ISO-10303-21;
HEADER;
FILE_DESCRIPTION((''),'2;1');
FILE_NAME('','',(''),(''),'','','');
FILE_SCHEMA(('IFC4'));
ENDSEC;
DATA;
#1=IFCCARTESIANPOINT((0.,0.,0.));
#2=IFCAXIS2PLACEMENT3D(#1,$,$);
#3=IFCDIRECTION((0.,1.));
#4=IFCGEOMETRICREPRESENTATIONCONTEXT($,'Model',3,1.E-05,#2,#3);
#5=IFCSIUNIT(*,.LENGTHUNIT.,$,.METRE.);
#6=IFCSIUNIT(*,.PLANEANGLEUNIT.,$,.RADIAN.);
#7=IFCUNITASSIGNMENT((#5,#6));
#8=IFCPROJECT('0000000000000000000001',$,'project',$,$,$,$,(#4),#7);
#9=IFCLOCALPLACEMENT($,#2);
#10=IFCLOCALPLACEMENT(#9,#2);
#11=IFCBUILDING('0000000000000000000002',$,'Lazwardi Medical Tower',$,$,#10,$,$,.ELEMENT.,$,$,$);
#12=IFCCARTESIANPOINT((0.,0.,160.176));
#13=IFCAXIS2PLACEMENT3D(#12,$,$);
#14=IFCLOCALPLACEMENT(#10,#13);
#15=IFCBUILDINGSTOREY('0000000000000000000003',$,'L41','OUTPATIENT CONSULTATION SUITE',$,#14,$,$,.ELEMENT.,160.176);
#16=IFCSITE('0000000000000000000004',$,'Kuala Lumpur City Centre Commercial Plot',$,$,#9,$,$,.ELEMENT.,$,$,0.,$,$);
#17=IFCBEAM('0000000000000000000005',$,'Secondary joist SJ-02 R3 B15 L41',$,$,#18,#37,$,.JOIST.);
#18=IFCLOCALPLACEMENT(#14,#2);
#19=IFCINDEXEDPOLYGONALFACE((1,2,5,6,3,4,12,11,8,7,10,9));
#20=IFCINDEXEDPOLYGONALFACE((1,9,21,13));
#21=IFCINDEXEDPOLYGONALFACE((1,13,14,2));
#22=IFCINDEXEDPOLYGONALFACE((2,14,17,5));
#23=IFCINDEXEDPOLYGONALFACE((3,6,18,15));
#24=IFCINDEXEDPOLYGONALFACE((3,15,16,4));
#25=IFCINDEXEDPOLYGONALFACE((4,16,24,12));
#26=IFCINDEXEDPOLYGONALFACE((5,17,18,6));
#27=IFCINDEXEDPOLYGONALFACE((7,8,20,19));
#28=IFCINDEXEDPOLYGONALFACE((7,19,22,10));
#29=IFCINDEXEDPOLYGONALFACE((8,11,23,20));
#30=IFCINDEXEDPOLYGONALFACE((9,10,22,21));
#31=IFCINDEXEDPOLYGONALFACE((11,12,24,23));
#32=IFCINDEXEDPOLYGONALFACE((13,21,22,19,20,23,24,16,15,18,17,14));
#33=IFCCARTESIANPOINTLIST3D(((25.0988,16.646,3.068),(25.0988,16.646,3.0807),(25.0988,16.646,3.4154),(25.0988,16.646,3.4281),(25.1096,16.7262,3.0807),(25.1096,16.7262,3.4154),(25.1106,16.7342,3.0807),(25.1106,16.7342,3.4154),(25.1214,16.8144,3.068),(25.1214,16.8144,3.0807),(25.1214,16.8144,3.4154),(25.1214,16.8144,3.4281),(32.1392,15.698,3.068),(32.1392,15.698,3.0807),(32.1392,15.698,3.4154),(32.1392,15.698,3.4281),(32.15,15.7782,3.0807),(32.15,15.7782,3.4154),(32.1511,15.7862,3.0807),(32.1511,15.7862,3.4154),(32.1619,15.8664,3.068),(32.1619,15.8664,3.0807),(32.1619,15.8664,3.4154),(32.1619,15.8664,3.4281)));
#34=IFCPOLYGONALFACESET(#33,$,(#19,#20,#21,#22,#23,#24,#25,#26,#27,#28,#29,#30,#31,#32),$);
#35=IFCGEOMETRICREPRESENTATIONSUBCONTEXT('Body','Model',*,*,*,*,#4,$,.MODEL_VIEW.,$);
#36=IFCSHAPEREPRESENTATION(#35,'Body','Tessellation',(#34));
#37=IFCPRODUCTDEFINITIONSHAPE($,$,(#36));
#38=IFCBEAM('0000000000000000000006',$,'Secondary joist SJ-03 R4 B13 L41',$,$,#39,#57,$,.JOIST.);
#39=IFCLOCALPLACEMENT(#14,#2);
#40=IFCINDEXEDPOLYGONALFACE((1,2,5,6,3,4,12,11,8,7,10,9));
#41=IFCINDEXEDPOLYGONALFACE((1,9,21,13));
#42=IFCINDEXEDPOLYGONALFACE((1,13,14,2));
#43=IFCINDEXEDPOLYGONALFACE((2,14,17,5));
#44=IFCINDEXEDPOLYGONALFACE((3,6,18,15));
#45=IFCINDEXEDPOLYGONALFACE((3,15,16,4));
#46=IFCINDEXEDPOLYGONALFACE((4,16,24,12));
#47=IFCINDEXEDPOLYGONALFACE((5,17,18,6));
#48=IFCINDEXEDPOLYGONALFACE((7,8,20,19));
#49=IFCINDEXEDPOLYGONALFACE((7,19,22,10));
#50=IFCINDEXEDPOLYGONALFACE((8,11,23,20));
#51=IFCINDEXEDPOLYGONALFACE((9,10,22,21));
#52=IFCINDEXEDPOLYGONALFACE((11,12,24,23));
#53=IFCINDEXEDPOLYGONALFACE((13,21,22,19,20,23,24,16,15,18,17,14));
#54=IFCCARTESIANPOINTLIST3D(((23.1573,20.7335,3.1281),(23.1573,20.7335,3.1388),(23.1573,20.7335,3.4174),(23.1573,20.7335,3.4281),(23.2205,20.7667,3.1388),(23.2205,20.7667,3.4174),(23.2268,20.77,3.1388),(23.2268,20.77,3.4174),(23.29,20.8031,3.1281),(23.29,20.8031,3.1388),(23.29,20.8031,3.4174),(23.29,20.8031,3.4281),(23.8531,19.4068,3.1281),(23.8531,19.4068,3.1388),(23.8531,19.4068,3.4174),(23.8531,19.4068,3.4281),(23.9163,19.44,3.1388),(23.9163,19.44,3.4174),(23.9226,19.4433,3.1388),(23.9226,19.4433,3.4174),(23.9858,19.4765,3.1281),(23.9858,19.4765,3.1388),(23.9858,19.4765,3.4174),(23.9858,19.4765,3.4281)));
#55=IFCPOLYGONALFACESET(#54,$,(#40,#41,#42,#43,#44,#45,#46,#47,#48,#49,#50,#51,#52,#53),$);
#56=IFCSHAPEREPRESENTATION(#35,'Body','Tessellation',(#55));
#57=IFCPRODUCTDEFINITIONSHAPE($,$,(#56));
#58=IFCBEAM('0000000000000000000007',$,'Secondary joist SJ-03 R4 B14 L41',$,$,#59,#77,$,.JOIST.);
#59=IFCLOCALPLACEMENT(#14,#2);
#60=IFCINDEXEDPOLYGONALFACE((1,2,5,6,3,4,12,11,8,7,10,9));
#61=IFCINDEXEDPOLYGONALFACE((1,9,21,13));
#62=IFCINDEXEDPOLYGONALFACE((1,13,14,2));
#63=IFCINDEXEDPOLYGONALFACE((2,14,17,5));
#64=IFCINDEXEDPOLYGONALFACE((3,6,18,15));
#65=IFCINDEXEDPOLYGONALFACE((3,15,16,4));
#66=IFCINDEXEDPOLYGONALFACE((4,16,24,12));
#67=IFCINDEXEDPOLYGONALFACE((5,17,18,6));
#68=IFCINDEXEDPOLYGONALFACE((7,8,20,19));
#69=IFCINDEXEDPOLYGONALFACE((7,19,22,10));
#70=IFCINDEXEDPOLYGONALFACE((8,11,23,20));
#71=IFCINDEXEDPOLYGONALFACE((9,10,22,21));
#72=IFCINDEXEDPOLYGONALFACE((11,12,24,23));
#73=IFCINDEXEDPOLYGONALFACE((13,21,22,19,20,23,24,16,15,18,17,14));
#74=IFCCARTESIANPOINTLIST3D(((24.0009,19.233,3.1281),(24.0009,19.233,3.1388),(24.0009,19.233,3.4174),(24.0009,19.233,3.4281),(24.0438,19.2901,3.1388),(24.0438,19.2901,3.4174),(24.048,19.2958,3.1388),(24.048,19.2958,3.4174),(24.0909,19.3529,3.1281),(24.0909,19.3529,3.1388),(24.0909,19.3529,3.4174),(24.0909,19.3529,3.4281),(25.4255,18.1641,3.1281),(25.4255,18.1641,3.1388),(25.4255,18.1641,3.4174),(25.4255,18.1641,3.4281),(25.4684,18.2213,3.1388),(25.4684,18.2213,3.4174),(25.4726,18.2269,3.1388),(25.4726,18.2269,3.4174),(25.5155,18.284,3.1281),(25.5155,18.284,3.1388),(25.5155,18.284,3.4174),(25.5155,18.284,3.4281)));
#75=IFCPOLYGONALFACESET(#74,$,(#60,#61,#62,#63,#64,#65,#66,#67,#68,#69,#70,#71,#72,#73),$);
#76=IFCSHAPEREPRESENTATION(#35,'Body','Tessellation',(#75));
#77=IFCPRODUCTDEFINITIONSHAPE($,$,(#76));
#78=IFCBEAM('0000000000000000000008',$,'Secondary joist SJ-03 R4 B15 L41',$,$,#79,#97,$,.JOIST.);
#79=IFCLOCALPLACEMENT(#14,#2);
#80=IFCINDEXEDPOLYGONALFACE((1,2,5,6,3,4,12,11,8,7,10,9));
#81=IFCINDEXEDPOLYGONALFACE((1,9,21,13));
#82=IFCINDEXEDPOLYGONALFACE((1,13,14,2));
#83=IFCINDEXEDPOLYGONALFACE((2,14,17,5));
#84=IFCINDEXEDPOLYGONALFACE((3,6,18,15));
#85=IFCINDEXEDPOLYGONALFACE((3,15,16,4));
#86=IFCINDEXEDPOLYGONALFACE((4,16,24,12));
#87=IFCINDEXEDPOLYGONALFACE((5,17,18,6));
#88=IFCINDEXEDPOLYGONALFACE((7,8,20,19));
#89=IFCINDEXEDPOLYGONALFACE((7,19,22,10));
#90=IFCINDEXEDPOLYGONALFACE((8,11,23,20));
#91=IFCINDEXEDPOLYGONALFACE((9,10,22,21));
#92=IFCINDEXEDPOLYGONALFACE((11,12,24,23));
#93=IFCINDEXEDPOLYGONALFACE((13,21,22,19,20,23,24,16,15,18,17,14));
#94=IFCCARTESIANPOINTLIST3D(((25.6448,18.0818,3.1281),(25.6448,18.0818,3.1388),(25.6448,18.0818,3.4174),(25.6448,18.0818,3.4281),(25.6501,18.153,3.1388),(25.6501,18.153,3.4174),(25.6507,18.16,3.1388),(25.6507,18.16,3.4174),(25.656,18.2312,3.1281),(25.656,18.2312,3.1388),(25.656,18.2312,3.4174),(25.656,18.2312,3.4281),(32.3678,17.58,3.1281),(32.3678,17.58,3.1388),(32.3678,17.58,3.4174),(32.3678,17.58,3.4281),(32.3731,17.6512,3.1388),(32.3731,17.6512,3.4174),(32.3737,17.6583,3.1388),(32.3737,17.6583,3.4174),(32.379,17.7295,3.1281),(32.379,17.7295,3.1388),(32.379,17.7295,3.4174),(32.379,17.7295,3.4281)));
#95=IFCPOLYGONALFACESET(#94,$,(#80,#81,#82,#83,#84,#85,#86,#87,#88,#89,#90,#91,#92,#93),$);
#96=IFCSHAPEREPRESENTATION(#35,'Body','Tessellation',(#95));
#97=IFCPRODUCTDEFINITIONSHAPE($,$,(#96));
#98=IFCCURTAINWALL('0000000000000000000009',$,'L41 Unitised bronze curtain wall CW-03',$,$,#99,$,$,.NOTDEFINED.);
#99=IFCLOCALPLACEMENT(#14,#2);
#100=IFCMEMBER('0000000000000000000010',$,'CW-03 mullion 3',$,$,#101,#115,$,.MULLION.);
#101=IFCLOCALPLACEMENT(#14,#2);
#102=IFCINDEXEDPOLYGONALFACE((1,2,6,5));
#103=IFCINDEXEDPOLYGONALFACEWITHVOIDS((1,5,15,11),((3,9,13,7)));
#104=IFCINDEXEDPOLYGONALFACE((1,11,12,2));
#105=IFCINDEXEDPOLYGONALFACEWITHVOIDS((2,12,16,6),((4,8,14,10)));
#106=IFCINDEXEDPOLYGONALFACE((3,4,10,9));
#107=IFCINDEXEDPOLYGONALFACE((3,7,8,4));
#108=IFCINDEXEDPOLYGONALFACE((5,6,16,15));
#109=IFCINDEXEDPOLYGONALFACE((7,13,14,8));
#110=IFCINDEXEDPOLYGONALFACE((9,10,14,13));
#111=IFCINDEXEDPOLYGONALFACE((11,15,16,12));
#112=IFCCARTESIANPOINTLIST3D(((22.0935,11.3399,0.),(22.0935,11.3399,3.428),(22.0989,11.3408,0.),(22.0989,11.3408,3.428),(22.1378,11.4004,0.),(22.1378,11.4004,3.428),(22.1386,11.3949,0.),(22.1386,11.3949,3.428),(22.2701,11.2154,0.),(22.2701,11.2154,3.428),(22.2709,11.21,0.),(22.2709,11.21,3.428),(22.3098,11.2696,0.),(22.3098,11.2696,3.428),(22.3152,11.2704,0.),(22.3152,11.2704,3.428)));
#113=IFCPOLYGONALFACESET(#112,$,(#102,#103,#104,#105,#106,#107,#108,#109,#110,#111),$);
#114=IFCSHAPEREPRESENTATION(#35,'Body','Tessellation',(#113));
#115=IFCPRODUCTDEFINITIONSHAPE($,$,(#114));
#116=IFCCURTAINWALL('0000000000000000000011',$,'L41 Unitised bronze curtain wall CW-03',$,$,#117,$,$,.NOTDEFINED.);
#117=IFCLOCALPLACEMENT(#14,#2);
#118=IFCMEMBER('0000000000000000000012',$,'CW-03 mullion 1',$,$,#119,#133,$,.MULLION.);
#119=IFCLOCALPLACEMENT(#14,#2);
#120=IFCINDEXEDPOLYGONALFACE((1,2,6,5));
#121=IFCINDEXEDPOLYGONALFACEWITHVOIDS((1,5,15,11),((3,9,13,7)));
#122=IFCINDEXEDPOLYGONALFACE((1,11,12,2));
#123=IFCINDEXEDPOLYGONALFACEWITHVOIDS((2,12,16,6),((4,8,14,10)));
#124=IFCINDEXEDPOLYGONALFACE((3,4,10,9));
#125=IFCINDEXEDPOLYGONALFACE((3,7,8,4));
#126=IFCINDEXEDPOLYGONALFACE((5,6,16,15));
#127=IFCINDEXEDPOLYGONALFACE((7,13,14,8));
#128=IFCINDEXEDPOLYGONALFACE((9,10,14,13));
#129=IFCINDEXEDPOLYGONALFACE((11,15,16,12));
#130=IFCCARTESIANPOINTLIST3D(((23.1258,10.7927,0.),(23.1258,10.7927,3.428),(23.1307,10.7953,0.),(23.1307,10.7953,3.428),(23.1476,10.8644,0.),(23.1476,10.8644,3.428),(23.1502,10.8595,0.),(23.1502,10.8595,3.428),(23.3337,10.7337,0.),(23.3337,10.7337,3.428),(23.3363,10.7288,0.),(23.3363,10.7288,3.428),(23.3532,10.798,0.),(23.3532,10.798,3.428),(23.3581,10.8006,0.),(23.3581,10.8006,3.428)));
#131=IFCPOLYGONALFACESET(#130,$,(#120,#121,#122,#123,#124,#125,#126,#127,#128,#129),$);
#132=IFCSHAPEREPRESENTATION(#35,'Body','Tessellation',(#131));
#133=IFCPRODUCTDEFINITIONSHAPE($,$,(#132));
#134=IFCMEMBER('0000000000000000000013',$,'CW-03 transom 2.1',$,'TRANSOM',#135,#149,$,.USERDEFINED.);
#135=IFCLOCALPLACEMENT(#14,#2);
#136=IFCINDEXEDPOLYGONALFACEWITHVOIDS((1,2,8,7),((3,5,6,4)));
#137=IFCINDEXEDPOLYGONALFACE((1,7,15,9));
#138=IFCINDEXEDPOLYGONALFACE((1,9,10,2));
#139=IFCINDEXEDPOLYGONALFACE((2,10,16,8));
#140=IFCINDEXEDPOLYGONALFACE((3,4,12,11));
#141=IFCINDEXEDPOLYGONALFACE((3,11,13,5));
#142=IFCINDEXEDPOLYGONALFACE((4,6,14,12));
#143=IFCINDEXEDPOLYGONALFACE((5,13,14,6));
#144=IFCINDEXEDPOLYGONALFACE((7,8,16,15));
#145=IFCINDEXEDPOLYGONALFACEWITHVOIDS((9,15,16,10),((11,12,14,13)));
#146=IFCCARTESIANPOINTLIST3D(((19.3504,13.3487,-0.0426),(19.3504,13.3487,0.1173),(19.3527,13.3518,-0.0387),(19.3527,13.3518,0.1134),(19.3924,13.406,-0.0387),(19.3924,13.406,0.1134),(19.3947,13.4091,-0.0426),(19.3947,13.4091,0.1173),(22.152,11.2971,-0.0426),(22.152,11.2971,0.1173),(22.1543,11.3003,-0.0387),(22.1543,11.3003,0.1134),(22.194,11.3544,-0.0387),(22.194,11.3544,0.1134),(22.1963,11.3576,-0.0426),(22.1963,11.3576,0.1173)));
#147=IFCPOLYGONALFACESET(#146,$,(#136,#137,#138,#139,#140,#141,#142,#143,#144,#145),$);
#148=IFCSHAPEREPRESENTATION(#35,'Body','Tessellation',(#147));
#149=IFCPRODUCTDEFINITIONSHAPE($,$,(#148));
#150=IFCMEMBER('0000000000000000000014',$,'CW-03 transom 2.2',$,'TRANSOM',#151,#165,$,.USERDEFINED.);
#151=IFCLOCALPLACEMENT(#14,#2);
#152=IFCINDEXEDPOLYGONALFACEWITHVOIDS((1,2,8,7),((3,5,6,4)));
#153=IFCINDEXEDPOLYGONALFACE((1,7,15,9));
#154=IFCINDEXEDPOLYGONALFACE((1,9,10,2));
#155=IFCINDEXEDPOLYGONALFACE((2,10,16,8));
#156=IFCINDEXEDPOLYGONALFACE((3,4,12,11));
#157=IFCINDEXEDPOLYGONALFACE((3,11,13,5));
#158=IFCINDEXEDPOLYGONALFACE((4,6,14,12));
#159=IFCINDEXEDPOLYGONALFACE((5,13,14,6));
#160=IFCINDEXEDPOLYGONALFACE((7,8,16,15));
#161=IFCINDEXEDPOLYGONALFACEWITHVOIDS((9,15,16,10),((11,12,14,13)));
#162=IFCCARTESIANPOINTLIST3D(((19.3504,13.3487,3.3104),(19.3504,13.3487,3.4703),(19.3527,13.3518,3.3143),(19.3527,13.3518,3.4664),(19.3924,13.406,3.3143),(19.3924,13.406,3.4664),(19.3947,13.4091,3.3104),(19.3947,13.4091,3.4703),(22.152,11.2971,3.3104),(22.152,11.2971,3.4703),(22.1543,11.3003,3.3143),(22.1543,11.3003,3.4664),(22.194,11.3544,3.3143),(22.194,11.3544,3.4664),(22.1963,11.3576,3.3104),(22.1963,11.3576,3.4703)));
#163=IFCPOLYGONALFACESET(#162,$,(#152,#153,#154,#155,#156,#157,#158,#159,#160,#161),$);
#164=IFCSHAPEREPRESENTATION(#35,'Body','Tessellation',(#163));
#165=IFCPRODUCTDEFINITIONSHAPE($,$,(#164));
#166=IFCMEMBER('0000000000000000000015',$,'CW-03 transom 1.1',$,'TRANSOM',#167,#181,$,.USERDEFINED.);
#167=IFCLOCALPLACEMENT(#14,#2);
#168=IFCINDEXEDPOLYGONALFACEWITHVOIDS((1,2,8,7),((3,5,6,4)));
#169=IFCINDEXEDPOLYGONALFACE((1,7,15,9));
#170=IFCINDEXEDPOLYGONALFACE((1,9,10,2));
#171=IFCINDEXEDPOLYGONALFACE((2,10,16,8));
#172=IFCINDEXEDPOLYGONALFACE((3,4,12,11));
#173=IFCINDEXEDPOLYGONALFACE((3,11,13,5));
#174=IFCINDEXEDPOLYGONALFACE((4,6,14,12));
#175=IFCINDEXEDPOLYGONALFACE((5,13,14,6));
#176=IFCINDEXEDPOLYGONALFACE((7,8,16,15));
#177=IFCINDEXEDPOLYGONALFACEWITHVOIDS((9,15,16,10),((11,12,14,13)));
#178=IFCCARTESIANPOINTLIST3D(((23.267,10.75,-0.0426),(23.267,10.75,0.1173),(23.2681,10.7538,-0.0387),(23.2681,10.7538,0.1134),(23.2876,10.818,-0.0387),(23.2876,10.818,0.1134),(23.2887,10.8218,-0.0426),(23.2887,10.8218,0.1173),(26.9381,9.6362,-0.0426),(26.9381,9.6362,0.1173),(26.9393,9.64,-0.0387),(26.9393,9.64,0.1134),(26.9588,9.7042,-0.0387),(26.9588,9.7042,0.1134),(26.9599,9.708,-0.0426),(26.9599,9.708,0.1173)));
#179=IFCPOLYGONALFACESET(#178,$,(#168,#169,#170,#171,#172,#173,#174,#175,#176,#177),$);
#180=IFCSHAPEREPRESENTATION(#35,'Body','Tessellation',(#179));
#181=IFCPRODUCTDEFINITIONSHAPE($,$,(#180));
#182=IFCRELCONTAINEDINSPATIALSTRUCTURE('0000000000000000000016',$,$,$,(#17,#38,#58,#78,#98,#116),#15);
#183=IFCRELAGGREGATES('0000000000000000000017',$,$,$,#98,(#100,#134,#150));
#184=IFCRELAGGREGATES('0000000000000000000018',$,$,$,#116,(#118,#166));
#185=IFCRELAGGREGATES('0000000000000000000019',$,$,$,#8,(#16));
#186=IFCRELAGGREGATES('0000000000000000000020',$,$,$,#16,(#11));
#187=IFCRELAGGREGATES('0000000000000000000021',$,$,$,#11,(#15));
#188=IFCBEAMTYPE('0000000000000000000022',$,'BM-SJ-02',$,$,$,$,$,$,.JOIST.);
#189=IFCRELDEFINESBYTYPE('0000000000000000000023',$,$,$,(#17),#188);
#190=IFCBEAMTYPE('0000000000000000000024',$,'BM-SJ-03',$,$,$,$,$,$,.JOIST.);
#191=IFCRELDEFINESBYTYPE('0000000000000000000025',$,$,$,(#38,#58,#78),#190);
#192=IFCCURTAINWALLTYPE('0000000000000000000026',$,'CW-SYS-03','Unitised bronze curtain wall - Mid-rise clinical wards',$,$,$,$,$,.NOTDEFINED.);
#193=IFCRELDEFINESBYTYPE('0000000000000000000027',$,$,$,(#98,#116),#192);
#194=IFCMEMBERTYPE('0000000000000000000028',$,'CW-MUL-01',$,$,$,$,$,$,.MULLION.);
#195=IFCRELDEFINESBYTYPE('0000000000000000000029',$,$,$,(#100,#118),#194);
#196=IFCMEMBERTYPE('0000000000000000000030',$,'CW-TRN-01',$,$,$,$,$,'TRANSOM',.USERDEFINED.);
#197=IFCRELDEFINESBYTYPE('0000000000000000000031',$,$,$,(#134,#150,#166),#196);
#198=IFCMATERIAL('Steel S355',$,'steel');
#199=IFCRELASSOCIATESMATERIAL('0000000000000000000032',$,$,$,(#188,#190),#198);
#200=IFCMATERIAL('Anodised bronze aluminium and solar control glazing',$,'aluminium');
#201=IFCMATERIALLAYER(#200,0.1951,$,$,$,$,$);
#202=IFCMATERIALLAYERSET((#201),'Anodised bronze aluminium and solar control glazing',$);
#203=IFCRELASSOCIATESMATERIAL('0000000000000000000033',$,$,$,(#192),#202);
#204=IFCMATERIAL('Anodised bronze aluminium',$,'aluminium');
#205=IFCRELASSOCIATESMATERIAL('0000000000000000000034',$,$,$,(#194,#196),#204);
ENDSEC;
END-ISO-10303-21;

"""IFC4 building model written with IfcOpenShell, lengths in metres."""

from ifc_helpers import new_model, si_unit, direction, frame, origin, origin_2d, place, context, subcontext, project, spatial, hollow_rectangle, i_section, extrude, material, layer, layer_set, material_profile, profile_set, type_object, element, aggregate, save


model = new_model("IFC4")

# Units and contexts
model_context = context("Model", 3, precision=1e-05, world=origin(), true_north=direction((0.0, 1.0)))
body_context = subcontext(model_context, "Body", "Model", "MODEL_VIEW")
ifc_project = project(units=[si_unit("LENGTHUNIT", "METRE"), si_unit("PLANEANGLEUNIT", "RADIAN")], contexts=[model_context])

# Site, building, storey
site_placement = place(None, origin())
site = spatial("IfcSite", under=ifc_project, at=site_placement, Name="Kuala Lumpur City Centre Commercial Plot", CompositionType="ELEMENT", RefElevation=0.0)
building_placement = place(site_placement, origin())
building = spatial("IfcBuilding", under=site, at=building_placement, Name="Lazwardi Medical Tower", CompositionType="ELEMENT")
storey_placement = place(building_placement, frame((0.0, 0.0, 160.176)))
storey = spatial("IfcBuildingStorey", under=building, at=storey_placement, Name="L41", Description="OUTPATIENT CONSULTATION SUITE", CompositionType="ELEMENT", Elevation=160.176)

# Beams
ifc_material_1 = material(Name="Steel S355", Category="steel")
ifc_material_profile_1 = material_profile(ifc_material_1, i_section(OverallWidth=0.1699, OverallDepth=0.3601, WebThickness=0.0081, FlangeThickness=0.0127, at=origin_2d()), Name="IPE 360")
ifc_profile_set_1 = profile_set([ifc_material_profile_1], Name="Steel S355")
beam_type_1 = type_object("IfcBeamType", Name="BM-SJ-02", PredefinedType="JOIST", material=ifc_profile_set_1)
beam_1_placement = place(storey_placement, frame((25.1101, 16.7302, 3.248), z_axis=(0.991056, -0.133444, 0.0), x_axis=(0.133444, 0.991056, 0.0)))
element("IfcBeam", 1, at=beam_1_placement, inside=storey, type_object=beam_type_1, Name="Secondary joist SJ-02 R3 B15 L41", PredefinedType="JOIST", context=body_context, shape_type="SweptSolid", body=[
    extrude(i_section(OverallWidth=0.1699, OverallDepth=0.3601, WebThickness=0.0081, FlangeThickness=0.0127, at=origin_2d()), origin(), (0.0, 0.0, 1.0), 7.104),
])
ifc_material_profile_2 = material_profile(ifc_material_1, i_section(OverallWidth=0.1499, OverallDepth=0.3, WebThickness=0.0071, FlangeThickness=0.0107, at=origin_2d()), Name="IPE 300")
ifc_profile_set_2 = profile_set([ifc_material_profile_2], Name="Steel S355")
beam_type_2 = type_object("IfcBeamType", Name="BM-SJ-03", PredefinedType="JOIST", material=ifc_profile_set_2)
beam_2_placement = place(storey_placement, frame((23.2236, 20.7683, 3.2781), z_axis=(0.46447, -0.885589, 0.0), x_axis=(0.885589, 0.46447, 0.0)))
element("IfcBeam", 2, at=beam_2_placement, inside=storey, type_object=beam_type_2, Name="Secondary joist SJ-03 R4 B13 L41", PredefinedType="JOIST", context=body_context, shape_type="SweptSolid", body=[
    extrude(i_section(OverallWidth=0.1499, OverallDepth=0.3, WebThickness=0.0071, FlangeThickness=0.0107, at=origin_2d()), origin(), (0.0, 0.0, 1.0), 1.498),
])
beam_3_placement = place(storey_placement, frame((24.0459, 19.293, 3.2781), z_axis=(0.799885, -0.600154, 0.0), x_axis=(0.600154, 0.799885, 0.0)))
element("IfcBeam", 3, at=beam_3_placement, inside=storey, type_object=beam_type_2, Name="Secondary joist SJ-03 R4 B14 L41", PredefinedType="JOIST", context=body_context, shape_type="SweptSolid", body=[
    extrude(i_section(OverallWidth=0.1499, OverallDepth=0.3, WebThickness=0.0071, FlangeThickness=0.0107, at=origin_2d()), origin(), (0.0, 0.0, 1.0), 1.781),
])
beam_4_placement = place(storey_placement, frame((25.6504, 18.1565, 3.2781), z_axis=(0.997227, -0.07442, 0.0), x_axis=(0.07442, 0.997227, 0.0)))
element("IfcBeam", 4, at=beam_4_placement, inside=storey, type_object=beam_type_2, Name="Secondary joist SJ-03 R4 B15 L41", PredefinedType="JOIST", context=body_context, shape_type="SweptSolid", body=[
    extrude(i_section(OverallWidth=0.1499, OverallDepth=0.3, WebThickness=0.0071, FlangeThickness=0.0107, at=origin_2d()), origin(), (0.0, 0.0, 1.0), 6.7417),
])

# Curtain walls, members
ifc_material_2 = material(Name="Anodised bronze aluminium and solar control glazing", Category="aluminium")
ifc_layer_1 = layer(ifc_material_2, 0.1951)
ifc_layer_set_1 = layer_set([ifc_layer_1], Name="Anodised bronze aluminium and solar control glazing")
curtain_wall_type = type_object("IfcCurtainWallType", Name="CW-SYS-03", Description="Unitised bronze curtain wall - Mid-rise clinical wards", PredefinedType="NOTDEFINED", material=ifc_layer_set_1)
curtain_wall_1_placement = place(storey_placement, origin())
curtain_wall_1 = element("IfcCurtainWall", 5, at=curtain_wall_1_placement, inside=storey, type_object=curtain_wall_type, Name="L41 Unitised bronze curtain wall CW-03", PredefinedType="NOTDEFINED")
ifc_material_3 = material(Name="Anodised bronze aluminium", Category="aluminium")
ifc_material_profile_3 = material_profile(ifc_material_3, hollow_rectangle(XDim=0.075, YDim=0.22, WallThickness=0.0039, at=origin_2d()), Name="ALU-MULLION 220x75x4")
ifc_profile_set_3 = profile_set([ifc_material_profile_3], Name="Anodised bronze aluminium")
member_type_1 = type_object("IfcMemberType", Name="CW-MUL-01", PredefinedType="MULLION", material=ifc_profile_set_3)
member_1_placement = place(storey_placement, frame((22.2043, 11.3052, 0.0), z_axis=(0.0, 0.0, 1.0), x_axis=(0.590834, 0.806793, 0.0)))
member_1 = element("IfcMember", 6, at=member_1_placement, type_object=member_type_1, Name="CW-03 mullion 3", PredefinedType="MULLION", context=body_context, shape_type="SweptSolid", body=[
    extrude(hollow_rectangle(XDim=0.075, YDim=0.22, WallThickness=0.0039, at=origin_2d()), origin(), (0.0, 0.0, 1.0), 3.428),
])
curtain_wall_2_placement = place(storey_placement, origin())
curtain_wall_2 = element("IfcCurtainWall", 7, at=curtain_wall_2_placement, inside=storey, type_object=curtain_wall_type, Name="L41 Unitised bronze curtain wall CW-03", PredefinedType="NOTDEFINED")
member_2_placement = place(storey_placement, frame((23.2419, 10.7966, 0.0), z_axis=(0.0, 0.0, 1.0), x_axis=(0.290281, 0.956942, 0.0)))
member_2 = element("IfcMember", 8, at=member_2_placement, type_object=member_type_1, Name="CW-03 mullion 1", PredefinedType="MULLION", context=body_context, shape_type="SweptSolid", body=[
    extrude(hollow_rectangle(XDim=0.075, YDim=0.22, WallThickness=0.0039, at=origin_2d()), origin(), (0.0, 0.0, 1.0), 3.428),
])

# Members
ifc_material_profile_4 = material_profile(ifc_material_3, hollow_rectangle(XDim=0.075, YDim=0.1599, WallThickness=0.0039, at=origin_2d()), Name="ALU-TRANSOM 160x75x4")
ifc_profile_set_4 = profile_set([ifc_material_profile_4], Name="Anodised bronze aluminium")
member_type_2 = type_object("IfcMemberType", Name="CW-TRN-01", ElementType="TRANSOM", PredefinedType="USERDEFINED", material=ifc_profile_set_4)
member_3_placement = place(storey_placement, frame((19.3726, 13.3789, 0.0374), z_axis=(0.806807, -0.590815, 0.0), x_axis=(0.590815, 0.806807, 0.0)))
member_3 = element("IfcMember", 9, at=member_3_placement, type_object=member_type_2, Name="CW-03 transom 2.1", ObjectType="TRANSOM", PredefinedType="USERDEFINED", context=body_context, shape_type="SweptSolid", body=[
    extrude(hollow_rectangle(XDim=0.075, YDim=0.1599, WallThickness=0.0039, at=origin_2d()), origin(), (0.0, 0.0, 1.0), 3.4724),
])
member_4_placement = place(storey_placement, frame((19.3726, 13.3789, 3.3904), z_axis=(0.806807, -0.590815, 0.0), x_axis=(0.590815, 0.806807, 0.0)))
member_4 = element("IfcMember", 10, at=member_4_placement, type_object=member_type_2, Name="CW-03 transom 2.2", ObjectType="TRANSOM", PredefinedType="USERDEFINED", context=body_context, shape_type="SweptSolid", body=[
    extrude(hollow_rectangle(XDim=0.075, YDim=0.1599, WallThickness=0.0039, at=origin_2d()), origin(), (0.0, 0.0, 1.0), 3.4724),
])
member_5_placement = place(storey_placement, frame((23.2778, 10.7859, 0.0374), z_axis=(0.95693, -0.290318, 0.0), x_axis=(0.290318, 0.95693, 0.0)))
member_5 = element("IfcMember", 11, at=member_5_placement, type_object=member_type_2, Name="CW-03 transom 1.1", ObjectType="TRANSOM", PredefinedType="USERDEFINED", context=body_context, shape_type="SweptSolid", body=[
    extrude(hollow_rectangle(XDim=0.075, YDim=0.1599, WallThickness=0.0039, at=origin_2d()), origin(), (0.0, 0.0, 1.0), 3.8364),
])

aggregate(curtain_wall_1, [member_1, member_3, member_4])
aggregate(curtain_wall_2, [member_2, member_5])

save(model, "model.ifc")
